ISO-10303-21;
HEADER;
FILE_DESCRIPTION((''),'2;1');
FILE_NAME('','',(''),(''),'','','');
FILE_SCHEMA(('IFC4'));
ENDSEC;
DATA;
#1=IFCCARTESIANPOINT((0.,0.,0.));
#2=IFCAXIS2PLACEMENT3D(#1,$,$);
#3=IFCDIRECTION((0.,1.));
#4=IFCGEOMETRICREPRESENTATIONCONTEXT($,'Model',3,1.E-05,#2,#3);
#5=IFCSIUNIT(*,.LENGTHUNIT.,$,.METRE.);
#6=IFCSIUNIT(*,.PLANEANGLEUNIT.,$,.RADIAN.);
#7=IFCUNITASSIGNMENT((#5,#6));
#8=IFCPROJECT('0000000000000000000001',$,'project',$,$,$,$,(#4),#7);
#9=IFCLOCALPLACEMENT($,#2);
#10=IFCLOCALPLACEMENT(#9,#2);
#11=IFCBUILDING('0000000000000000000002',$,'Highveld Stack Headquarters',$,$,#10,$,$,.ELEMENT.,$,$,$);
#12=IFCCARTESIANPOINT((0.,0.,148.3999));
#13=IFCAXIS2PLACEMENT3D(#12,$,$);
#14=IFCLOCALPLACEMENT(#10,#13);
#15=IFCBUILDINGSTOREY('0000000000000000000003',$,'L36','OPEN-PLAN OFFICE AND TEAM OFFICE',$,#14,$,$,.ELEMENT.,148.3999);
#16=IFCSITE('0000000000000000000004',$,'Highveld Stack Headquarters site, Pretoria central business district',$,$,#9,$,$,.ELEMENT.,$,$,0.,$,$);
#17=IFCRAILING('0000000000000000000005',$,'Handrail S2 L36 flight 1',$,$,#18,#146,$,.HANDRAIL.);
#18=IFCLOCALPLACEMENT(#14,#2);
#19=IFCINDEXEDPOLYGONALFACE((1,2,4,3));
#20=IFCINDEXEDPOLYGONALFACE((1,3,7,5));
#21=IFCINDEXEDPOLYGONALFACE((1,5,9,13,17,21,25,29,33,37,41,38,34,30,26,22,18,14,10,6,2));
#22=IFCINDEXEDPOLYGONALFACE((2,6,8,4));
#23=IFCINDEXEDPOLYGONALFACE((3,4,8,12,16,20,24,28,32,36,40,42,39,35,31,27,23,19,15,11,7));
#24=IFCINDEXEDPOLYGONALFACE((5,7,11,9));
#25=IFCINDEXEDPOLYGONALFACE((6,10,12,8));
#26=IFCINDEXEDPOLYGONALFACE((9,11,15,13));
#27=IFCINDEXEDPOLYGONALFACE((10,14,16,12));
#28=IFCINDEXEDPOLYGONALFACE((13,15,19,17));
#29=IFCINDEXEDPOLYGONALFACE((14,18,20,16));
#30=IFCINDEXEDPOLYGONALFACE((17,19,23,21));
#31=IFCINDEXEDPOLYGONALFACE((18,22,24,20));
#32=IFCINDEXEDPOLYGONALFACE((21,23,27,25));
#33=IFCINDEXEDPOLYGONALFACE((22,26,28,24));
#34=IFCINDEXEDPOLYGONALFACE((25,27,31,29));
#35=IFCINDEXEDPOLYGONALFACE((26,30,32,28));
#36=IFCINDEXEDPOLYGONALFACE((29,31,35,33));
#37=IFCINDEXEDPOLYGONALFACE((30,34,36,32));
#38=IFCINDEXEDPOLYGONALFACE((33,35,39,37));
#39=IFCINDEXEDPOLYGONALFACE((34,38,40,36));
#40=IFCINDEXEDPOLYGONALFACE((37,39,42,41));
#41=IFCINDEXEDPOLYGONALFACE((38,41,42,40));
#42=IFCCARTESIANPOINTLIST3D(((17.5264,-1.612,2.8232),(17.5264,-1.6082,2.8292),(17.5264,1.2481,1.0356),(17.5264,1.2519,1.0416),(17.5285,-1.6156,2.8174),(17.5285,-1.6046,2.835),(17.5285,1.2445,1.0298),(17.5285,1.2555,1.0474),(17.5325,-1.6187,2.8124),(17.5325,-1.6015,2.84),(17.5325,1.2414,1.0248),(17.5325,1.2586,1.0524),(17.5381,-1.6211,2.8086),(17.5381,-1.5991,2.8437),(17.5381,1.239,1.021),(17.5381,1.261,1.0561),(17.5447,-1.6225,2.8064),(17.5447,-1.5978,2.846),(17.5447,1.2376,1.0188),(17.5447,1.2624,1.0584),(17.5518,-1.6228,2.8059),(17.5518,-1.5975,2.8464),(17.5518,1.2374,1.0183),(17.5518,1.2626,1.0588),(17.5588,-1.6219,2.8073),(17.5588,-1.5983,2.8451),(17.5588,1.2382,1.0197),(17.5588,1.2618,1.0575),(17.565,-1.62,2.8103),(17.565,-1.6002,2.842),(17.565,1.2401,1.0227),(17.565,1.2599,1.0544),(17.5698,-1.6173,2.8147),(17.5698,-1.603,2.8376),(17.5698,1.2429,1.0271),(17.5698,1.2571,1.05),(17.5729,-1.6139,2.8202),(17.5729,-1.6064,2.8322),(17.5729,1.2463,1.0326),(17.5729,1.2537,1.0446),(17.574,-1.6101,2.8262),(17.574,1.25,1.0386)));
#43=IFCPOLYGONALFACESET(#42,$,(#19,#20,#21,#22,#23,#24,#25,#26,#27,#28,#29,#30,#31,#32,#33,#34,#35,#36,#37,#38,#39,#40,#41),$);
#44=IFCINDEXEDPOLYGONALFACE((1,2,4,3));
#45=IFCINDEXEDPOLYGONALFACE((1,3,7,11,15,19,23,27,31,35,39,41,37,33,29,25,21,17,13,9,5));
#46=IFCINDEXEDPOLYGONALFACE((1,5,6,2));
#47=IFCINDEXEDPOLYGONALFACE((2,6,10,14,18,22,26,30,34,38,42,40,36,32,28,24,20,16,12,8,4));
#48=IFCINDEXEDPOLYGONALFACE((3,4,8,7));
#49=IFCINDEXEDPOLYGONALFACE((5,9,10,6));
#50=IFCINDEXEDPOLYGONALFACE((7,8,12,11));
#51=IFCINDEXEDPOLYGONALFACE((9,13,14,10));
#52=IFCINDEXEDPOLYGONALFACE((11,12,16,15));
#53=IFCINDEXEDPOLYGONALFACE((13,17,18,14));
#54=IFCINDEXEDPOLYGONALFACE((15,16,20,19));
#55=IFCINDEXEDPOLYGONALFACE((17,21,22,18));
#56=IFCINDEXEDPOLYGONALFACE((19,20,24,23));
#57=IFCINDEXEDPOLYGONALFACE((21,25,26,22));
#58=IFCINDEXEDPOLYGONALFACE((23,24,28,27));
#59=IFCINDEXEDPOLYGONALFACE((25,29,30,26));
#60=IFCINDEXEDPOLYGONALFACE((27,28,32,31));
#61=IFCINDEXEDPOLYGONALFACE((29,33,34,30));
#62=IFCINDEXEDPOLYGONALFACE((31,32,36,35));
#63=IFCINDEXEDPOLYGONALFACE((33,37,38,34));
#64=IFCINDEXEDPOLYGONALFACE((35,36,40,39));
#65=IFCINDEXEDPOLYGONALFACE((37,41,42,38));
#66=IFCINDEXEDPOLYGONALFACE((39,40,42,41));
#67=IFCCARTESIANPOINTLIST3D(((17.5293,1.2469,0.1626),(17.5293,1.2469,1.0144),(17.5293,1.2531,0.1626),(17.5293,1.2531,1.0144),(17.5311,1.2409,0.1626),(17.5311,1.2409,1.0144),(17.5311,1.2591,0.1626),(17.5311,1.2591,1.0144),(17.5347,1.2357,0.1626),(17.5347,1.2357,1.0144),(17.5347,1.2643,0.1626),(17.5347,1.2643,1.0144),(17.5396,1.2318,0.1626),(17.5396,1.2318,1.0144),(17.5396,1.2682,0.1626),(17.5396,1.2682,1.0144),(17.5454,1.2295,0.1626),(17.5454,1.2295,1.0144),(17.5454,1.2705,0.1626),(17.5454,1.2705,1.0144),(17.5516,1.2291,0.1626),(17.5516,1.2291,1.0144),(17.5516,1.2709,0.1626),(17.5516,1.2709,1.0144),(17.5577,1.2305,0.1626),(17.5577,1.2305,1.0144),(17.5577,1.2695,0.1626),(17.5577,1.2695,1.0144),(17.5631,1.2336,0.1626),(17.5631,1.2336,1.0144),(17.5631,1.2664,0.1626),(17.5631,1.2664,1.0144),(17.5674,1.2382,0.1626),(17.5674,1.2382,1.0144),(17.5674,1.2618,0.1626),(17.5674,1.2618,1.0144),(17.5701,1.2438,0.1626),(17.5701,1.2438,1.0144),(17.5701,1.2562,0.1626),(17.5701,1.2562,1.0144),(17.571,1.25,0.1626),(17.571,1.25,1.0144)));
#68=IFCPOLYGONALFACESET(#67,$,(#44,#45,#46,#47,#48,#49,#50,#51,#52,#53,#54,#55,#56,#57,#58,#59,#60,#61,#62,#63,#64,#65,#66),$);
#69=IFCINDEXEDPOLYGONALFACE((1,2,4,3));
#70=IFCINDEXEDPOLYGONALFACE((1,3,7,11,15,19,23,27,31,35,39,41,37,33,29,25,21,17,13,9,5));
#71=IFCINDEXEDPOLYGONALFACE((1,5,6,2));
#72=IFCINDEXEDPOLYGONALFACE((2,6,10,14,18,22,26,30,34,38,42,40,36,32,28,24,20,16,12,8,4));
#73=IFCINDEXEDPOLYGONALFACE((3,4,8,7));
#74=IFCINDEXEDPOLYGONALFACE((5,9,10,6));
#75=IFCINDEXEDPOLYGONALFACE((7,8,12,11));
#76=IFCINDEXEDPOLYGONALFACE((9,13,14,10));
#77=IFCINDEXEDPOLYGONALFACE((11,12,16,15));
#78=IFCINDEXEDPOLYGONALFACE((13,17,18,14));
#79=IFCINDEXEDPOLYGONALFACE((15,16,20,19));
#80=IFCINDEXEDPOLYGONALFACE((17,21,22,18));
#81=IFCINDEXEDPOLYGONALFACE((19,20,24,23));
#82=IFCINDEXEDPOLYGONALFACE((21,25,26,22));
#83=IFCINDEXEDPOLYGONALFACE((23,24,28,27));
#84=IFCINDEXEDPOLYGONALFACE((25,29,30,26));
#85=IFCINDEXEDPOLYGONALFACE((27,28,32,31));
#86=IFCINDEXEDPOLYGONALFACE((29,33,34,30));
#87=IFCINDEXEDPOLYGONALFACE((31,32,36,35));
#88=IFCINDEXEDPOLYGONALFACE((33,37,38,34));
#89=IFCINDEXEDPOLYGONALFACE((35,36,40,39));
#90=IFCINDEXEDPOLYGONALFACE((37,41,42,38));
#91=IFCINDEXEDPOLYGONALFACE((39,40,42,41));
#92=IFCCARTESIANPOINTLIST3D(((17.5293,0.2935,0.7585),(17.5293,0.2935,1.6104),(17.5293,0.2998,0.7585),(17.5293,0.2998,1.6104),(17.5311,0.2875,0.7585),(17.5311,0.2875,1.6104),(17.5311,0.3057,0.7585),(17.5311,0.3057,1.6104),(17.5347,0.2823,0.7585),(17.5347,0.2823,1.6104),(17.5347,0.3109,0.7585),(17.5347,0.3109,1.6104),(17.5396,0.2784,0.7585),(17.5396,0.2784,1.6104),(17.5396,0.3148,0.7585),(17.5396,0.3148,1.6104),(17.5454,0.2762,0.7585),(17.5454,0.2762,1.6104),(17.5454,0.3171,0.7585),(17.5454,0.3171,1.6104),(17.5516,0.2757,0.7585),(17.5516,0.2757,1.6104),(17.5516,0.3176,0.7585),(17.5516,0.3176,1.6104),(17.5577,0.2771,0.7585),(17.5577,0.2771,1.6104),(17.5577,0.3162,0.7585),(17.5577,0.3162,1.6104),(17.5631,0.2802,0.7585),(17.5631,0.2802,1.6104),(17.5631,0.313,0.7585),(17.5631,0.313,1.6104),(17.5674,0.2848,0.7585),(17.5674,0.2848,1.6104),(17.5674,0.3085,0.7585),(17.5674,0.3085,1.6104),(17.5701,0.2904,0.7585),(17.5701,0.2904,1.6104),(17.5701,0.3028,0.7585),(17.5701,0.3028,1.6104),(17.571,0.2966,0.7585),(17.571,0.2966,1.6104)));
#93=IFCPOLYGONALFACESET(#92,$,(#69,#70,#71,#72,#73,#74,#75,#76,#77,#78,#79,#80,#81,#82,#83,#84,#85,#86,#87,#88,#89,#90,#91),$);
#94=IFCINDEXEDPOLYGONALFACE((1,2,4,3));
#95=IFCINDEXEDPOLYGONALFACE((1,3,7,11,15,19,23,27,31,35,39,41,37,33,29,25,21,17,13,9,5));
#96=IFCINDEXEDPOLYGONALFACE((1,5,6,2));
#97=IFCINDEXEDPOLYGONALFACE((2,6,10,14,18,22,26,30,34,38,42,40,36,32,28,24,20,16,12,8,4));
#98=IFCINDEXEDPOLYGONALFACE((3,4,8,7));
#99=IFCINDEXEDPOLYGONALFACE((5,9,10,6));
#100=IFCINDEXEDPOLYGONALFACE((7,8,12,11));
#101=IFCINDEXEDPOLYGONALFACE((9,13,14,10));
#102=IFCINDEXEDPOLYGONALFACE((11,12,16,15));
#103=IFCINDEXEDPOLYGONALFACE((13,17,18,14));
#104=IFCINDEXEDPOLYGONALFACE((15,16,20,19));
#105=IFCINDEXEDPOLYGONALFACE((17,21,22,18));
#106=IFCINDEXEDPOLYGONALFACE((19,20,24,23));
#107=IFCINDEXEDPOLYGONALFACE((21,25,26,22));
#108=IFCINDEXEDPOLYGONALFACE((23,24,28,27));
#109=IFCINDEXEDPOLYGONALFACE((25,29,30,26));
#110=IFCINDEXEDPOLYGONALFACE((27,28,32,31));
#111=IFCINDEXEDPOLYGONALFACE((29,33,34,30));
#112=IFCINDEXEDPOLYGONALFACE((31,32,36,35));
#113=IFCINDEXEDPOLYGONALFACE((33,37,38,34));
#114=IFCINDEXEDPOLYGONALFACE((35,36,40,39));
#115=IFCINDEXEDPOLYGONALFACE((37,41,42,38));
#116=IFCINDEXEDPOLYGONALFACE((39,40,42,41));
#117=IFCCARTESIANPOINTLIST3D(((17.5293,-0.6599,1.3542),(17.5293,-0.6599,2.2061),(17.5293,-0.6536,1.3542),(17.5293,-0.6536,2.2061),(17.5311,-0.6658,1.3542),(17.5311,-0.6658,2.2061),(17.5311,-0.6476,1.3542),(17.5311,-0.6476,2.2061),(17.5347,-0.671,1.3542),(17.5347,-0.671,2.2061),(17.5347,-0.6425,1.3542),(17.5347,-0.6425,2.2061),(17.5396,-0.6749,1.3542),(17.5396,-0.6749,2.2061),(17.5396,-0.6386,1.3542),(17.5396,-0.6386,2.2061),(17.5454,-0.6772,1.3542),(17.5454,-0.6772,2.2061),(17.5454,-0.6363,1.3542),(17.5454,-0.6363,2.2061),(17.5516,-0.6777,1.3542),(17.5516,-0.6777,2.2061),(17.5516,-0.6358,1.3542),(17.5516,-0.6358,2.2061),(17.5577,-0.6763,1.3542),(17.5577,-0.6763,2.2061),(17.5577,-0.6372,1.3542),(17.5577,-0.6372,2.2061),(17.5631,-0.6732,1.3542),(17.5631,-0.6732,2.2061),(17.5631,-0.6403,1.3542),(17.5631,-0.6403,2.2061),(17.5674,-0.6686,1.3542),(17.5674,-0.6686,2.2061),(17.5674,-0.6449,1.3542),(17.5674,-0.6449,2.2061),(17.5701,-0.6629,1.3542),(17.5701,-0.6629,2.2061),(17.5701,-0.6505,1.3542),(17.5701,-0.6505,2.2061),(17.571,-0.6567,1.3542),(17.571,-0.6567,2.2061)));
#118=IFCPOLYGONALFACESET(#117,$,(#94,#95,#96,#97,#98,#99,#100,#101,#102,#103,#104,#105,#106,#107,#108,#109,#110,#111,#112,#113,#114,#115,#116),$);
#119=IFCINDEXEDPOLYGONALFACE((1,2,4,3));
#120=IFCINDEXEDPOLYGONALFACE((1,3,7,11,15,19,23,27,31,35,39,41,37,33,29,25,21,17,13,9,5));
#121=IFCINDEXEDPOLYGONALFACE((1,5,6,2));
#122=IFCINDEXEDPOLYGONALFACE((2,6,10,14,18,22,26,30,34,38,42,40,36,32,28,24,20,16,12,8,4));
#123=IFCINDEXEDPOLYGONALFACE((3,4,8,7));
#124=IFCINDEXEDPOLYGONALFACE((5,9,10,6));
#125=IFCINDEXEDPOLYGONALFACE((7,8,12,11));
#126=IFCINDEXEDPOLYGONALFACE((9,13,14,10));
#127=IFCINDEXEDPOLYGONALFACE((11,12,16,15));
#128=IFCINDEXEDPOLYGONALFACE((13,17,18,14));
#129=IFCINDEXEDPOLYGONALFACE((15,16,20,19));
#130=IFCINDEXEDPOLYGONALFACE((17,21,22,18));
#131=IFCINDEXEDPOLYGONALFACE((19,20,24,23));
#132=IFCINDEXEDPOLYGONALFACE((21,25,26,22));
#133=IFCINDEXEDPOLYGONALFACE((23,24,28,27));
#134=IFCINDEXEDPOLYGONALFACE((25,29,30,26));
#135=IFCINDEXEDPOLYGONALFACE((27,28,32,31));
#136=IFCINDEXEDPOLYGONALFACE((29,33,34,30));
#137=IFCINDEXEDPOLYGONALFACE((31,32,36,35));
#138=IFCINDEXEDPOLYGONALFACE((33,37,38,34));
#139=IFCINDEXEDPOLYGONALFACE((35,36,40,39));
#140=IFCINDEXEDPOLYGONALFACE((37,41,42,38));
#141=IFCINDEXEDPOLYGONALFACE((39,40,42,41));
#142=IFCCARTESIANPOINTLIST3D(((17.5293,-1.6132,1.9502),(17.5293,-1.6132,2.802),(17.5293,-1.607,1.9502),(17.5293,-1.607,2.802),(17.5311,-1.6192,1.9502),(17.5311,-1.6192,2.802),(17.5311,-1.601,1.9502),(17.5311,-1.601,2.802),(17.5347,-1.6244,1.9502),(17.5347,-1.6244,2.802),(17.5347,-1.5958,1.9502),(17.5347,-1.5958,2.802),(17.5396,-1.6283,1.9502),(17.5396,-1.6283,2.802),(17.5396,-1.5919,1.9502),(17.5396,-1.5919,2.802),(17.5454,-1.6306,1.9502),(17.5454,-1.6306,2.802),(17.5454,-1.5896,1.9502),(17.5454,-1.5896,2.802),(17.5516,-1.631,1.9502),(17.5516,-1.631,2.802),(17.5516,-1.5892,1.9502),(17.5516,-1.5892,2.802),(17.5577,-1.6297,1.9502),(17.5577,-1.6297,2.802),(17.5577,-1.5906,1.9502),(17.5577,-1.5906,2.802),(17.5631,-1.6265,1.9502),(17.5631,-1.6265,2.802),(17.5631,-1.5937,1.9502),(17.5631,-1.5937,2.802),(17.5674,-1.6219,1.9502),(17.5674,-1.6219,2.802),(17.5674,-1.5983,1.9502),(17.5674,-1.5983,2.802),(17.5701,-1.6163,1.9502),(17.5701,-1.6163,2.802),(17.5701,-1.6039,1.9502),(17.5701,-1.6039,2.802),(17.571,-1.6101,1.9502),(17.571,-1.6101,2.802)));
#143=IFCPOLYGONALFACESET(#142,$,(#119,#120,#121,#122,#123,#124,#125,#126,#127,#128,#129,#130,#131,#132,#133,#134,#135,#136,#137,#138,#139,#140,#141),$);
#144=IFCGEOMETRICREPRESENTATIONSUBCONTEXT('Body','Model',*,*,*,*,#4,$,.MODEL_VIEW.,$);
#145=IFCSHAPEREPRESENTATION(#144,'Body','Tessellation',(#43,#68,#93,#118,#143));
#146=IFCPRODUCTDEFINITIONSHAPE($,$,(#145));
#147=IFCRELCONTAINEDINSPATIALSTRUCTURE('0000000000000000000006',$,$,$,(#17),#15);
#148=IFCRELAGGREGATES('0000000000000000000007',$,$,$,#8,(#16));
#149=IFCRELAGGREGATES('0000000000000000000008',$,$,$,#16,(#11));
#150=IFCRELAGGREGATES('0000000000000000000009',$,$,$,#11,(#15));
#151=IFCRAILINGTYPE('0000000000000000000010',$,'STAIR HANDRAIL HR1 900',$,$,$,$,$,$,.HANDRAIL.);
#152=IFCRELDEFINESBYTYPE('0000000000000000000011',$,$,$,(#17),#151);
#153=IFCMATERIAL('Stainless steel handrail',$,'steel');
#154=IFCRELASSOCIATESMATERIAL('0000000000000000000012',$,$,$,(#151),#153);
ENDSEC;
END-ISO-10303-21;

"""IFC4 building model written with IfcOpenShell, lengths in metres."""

from ifc_helpers import new_model, si_unit, direction, frame, origin, origin_2d, place, context, subcontext, project, spatial, circle, extrude, material, type_object, element, save


model = new_model("IFC4")

# Units and contexts
model_context = context("Model", 3, precision=1e-05, world=origin(), true_north=direction((0.0, 1.0)))
body_context = subcontext(model_context, "Body", "Model", "MODEL_VIEW")
ifc_project = project(units=[si_unit("LENGTHUNIT", "METRE"), si_unit("PLANEANGLEUNIT", "RADIAN")], contexts=[model_context])

# Site, building, storey
site_placement = place(None, origin())
site = spatial("IfcSite", under=ifc_project, at=site_placement, Name="Highveld Stack Headquarters site, Pretoria central business district", CompositionType="ELEMENT", RefElevation=0.0)
building_placement = place(site_placement, origin())
building = spatial("IfcBuilding", under=site, at=building_placement, Name="Highveld Stack Headquarters", CompositionType="ELEMENT")
storey_placement = place(building_placement, frame((0.0, 0.0, 148.3999)))
storey = spatial("IfcBuildingStorey", under=building, at=storey_placement, Name="L36", Description="OPEN-PLAN OFFICE AND TEAM OFFICE", CompositionType="ELEMENT", Elevation=148.3999)

# Railing
ifc_material_1 = material(Name="Stainless steel handrail", Category="steel")
railing_type = type_object("IfcRailingType", Name="STAIR HANDRAIL HR1 900", PredefinedType="HANDRAIL", material=ifc_material_1)
for number, where, name in (
    (1, (17.55, 1.25, 0.1626), "Handrail S2 L36 flight 1"),
):
    element("IfcRailing", number, at=place(storey_placement, frame(where)), inside=storey, type_object=railing_type, Name=name, PredefinedType="HANDRAIL", context=body_context, shape_type="SweptSolid", body=[
        extrude(circle(Radius=0.0239, at=origin_2d()), frame((0.0, 0.0, 0.876), z_axis=(0.0, -0.847994, 0.530005), x_axis=(1.0, 0.0, 0.0)), (0.0, 0.0, 1.0), 3.3728),
        extrude(circle(Radius=0.021, at=origin_2d()), origin(), (0.0, 0.0, 1.0), 0.8518),
        extrude(circle(Radius=0.021, at=origin_2d()), frame((0.0, -0.9534, 0.5959)), (0.0, 0.0, 1.0), 0.8518),
        extrude(circle(Radius=0.021, at=origin_2d()), frame((0.0, -1.9067, 1.1917)), (0.0, 0.0, 1.0), 0.8518),
        extrude(circle(Radius=0.021, at=origin_2d()), frame((0.0, -2.8601, 1.7876)), (0.0, 0.0, 1.0), 0.8518),
    ])

save(model, "model.ifc")
